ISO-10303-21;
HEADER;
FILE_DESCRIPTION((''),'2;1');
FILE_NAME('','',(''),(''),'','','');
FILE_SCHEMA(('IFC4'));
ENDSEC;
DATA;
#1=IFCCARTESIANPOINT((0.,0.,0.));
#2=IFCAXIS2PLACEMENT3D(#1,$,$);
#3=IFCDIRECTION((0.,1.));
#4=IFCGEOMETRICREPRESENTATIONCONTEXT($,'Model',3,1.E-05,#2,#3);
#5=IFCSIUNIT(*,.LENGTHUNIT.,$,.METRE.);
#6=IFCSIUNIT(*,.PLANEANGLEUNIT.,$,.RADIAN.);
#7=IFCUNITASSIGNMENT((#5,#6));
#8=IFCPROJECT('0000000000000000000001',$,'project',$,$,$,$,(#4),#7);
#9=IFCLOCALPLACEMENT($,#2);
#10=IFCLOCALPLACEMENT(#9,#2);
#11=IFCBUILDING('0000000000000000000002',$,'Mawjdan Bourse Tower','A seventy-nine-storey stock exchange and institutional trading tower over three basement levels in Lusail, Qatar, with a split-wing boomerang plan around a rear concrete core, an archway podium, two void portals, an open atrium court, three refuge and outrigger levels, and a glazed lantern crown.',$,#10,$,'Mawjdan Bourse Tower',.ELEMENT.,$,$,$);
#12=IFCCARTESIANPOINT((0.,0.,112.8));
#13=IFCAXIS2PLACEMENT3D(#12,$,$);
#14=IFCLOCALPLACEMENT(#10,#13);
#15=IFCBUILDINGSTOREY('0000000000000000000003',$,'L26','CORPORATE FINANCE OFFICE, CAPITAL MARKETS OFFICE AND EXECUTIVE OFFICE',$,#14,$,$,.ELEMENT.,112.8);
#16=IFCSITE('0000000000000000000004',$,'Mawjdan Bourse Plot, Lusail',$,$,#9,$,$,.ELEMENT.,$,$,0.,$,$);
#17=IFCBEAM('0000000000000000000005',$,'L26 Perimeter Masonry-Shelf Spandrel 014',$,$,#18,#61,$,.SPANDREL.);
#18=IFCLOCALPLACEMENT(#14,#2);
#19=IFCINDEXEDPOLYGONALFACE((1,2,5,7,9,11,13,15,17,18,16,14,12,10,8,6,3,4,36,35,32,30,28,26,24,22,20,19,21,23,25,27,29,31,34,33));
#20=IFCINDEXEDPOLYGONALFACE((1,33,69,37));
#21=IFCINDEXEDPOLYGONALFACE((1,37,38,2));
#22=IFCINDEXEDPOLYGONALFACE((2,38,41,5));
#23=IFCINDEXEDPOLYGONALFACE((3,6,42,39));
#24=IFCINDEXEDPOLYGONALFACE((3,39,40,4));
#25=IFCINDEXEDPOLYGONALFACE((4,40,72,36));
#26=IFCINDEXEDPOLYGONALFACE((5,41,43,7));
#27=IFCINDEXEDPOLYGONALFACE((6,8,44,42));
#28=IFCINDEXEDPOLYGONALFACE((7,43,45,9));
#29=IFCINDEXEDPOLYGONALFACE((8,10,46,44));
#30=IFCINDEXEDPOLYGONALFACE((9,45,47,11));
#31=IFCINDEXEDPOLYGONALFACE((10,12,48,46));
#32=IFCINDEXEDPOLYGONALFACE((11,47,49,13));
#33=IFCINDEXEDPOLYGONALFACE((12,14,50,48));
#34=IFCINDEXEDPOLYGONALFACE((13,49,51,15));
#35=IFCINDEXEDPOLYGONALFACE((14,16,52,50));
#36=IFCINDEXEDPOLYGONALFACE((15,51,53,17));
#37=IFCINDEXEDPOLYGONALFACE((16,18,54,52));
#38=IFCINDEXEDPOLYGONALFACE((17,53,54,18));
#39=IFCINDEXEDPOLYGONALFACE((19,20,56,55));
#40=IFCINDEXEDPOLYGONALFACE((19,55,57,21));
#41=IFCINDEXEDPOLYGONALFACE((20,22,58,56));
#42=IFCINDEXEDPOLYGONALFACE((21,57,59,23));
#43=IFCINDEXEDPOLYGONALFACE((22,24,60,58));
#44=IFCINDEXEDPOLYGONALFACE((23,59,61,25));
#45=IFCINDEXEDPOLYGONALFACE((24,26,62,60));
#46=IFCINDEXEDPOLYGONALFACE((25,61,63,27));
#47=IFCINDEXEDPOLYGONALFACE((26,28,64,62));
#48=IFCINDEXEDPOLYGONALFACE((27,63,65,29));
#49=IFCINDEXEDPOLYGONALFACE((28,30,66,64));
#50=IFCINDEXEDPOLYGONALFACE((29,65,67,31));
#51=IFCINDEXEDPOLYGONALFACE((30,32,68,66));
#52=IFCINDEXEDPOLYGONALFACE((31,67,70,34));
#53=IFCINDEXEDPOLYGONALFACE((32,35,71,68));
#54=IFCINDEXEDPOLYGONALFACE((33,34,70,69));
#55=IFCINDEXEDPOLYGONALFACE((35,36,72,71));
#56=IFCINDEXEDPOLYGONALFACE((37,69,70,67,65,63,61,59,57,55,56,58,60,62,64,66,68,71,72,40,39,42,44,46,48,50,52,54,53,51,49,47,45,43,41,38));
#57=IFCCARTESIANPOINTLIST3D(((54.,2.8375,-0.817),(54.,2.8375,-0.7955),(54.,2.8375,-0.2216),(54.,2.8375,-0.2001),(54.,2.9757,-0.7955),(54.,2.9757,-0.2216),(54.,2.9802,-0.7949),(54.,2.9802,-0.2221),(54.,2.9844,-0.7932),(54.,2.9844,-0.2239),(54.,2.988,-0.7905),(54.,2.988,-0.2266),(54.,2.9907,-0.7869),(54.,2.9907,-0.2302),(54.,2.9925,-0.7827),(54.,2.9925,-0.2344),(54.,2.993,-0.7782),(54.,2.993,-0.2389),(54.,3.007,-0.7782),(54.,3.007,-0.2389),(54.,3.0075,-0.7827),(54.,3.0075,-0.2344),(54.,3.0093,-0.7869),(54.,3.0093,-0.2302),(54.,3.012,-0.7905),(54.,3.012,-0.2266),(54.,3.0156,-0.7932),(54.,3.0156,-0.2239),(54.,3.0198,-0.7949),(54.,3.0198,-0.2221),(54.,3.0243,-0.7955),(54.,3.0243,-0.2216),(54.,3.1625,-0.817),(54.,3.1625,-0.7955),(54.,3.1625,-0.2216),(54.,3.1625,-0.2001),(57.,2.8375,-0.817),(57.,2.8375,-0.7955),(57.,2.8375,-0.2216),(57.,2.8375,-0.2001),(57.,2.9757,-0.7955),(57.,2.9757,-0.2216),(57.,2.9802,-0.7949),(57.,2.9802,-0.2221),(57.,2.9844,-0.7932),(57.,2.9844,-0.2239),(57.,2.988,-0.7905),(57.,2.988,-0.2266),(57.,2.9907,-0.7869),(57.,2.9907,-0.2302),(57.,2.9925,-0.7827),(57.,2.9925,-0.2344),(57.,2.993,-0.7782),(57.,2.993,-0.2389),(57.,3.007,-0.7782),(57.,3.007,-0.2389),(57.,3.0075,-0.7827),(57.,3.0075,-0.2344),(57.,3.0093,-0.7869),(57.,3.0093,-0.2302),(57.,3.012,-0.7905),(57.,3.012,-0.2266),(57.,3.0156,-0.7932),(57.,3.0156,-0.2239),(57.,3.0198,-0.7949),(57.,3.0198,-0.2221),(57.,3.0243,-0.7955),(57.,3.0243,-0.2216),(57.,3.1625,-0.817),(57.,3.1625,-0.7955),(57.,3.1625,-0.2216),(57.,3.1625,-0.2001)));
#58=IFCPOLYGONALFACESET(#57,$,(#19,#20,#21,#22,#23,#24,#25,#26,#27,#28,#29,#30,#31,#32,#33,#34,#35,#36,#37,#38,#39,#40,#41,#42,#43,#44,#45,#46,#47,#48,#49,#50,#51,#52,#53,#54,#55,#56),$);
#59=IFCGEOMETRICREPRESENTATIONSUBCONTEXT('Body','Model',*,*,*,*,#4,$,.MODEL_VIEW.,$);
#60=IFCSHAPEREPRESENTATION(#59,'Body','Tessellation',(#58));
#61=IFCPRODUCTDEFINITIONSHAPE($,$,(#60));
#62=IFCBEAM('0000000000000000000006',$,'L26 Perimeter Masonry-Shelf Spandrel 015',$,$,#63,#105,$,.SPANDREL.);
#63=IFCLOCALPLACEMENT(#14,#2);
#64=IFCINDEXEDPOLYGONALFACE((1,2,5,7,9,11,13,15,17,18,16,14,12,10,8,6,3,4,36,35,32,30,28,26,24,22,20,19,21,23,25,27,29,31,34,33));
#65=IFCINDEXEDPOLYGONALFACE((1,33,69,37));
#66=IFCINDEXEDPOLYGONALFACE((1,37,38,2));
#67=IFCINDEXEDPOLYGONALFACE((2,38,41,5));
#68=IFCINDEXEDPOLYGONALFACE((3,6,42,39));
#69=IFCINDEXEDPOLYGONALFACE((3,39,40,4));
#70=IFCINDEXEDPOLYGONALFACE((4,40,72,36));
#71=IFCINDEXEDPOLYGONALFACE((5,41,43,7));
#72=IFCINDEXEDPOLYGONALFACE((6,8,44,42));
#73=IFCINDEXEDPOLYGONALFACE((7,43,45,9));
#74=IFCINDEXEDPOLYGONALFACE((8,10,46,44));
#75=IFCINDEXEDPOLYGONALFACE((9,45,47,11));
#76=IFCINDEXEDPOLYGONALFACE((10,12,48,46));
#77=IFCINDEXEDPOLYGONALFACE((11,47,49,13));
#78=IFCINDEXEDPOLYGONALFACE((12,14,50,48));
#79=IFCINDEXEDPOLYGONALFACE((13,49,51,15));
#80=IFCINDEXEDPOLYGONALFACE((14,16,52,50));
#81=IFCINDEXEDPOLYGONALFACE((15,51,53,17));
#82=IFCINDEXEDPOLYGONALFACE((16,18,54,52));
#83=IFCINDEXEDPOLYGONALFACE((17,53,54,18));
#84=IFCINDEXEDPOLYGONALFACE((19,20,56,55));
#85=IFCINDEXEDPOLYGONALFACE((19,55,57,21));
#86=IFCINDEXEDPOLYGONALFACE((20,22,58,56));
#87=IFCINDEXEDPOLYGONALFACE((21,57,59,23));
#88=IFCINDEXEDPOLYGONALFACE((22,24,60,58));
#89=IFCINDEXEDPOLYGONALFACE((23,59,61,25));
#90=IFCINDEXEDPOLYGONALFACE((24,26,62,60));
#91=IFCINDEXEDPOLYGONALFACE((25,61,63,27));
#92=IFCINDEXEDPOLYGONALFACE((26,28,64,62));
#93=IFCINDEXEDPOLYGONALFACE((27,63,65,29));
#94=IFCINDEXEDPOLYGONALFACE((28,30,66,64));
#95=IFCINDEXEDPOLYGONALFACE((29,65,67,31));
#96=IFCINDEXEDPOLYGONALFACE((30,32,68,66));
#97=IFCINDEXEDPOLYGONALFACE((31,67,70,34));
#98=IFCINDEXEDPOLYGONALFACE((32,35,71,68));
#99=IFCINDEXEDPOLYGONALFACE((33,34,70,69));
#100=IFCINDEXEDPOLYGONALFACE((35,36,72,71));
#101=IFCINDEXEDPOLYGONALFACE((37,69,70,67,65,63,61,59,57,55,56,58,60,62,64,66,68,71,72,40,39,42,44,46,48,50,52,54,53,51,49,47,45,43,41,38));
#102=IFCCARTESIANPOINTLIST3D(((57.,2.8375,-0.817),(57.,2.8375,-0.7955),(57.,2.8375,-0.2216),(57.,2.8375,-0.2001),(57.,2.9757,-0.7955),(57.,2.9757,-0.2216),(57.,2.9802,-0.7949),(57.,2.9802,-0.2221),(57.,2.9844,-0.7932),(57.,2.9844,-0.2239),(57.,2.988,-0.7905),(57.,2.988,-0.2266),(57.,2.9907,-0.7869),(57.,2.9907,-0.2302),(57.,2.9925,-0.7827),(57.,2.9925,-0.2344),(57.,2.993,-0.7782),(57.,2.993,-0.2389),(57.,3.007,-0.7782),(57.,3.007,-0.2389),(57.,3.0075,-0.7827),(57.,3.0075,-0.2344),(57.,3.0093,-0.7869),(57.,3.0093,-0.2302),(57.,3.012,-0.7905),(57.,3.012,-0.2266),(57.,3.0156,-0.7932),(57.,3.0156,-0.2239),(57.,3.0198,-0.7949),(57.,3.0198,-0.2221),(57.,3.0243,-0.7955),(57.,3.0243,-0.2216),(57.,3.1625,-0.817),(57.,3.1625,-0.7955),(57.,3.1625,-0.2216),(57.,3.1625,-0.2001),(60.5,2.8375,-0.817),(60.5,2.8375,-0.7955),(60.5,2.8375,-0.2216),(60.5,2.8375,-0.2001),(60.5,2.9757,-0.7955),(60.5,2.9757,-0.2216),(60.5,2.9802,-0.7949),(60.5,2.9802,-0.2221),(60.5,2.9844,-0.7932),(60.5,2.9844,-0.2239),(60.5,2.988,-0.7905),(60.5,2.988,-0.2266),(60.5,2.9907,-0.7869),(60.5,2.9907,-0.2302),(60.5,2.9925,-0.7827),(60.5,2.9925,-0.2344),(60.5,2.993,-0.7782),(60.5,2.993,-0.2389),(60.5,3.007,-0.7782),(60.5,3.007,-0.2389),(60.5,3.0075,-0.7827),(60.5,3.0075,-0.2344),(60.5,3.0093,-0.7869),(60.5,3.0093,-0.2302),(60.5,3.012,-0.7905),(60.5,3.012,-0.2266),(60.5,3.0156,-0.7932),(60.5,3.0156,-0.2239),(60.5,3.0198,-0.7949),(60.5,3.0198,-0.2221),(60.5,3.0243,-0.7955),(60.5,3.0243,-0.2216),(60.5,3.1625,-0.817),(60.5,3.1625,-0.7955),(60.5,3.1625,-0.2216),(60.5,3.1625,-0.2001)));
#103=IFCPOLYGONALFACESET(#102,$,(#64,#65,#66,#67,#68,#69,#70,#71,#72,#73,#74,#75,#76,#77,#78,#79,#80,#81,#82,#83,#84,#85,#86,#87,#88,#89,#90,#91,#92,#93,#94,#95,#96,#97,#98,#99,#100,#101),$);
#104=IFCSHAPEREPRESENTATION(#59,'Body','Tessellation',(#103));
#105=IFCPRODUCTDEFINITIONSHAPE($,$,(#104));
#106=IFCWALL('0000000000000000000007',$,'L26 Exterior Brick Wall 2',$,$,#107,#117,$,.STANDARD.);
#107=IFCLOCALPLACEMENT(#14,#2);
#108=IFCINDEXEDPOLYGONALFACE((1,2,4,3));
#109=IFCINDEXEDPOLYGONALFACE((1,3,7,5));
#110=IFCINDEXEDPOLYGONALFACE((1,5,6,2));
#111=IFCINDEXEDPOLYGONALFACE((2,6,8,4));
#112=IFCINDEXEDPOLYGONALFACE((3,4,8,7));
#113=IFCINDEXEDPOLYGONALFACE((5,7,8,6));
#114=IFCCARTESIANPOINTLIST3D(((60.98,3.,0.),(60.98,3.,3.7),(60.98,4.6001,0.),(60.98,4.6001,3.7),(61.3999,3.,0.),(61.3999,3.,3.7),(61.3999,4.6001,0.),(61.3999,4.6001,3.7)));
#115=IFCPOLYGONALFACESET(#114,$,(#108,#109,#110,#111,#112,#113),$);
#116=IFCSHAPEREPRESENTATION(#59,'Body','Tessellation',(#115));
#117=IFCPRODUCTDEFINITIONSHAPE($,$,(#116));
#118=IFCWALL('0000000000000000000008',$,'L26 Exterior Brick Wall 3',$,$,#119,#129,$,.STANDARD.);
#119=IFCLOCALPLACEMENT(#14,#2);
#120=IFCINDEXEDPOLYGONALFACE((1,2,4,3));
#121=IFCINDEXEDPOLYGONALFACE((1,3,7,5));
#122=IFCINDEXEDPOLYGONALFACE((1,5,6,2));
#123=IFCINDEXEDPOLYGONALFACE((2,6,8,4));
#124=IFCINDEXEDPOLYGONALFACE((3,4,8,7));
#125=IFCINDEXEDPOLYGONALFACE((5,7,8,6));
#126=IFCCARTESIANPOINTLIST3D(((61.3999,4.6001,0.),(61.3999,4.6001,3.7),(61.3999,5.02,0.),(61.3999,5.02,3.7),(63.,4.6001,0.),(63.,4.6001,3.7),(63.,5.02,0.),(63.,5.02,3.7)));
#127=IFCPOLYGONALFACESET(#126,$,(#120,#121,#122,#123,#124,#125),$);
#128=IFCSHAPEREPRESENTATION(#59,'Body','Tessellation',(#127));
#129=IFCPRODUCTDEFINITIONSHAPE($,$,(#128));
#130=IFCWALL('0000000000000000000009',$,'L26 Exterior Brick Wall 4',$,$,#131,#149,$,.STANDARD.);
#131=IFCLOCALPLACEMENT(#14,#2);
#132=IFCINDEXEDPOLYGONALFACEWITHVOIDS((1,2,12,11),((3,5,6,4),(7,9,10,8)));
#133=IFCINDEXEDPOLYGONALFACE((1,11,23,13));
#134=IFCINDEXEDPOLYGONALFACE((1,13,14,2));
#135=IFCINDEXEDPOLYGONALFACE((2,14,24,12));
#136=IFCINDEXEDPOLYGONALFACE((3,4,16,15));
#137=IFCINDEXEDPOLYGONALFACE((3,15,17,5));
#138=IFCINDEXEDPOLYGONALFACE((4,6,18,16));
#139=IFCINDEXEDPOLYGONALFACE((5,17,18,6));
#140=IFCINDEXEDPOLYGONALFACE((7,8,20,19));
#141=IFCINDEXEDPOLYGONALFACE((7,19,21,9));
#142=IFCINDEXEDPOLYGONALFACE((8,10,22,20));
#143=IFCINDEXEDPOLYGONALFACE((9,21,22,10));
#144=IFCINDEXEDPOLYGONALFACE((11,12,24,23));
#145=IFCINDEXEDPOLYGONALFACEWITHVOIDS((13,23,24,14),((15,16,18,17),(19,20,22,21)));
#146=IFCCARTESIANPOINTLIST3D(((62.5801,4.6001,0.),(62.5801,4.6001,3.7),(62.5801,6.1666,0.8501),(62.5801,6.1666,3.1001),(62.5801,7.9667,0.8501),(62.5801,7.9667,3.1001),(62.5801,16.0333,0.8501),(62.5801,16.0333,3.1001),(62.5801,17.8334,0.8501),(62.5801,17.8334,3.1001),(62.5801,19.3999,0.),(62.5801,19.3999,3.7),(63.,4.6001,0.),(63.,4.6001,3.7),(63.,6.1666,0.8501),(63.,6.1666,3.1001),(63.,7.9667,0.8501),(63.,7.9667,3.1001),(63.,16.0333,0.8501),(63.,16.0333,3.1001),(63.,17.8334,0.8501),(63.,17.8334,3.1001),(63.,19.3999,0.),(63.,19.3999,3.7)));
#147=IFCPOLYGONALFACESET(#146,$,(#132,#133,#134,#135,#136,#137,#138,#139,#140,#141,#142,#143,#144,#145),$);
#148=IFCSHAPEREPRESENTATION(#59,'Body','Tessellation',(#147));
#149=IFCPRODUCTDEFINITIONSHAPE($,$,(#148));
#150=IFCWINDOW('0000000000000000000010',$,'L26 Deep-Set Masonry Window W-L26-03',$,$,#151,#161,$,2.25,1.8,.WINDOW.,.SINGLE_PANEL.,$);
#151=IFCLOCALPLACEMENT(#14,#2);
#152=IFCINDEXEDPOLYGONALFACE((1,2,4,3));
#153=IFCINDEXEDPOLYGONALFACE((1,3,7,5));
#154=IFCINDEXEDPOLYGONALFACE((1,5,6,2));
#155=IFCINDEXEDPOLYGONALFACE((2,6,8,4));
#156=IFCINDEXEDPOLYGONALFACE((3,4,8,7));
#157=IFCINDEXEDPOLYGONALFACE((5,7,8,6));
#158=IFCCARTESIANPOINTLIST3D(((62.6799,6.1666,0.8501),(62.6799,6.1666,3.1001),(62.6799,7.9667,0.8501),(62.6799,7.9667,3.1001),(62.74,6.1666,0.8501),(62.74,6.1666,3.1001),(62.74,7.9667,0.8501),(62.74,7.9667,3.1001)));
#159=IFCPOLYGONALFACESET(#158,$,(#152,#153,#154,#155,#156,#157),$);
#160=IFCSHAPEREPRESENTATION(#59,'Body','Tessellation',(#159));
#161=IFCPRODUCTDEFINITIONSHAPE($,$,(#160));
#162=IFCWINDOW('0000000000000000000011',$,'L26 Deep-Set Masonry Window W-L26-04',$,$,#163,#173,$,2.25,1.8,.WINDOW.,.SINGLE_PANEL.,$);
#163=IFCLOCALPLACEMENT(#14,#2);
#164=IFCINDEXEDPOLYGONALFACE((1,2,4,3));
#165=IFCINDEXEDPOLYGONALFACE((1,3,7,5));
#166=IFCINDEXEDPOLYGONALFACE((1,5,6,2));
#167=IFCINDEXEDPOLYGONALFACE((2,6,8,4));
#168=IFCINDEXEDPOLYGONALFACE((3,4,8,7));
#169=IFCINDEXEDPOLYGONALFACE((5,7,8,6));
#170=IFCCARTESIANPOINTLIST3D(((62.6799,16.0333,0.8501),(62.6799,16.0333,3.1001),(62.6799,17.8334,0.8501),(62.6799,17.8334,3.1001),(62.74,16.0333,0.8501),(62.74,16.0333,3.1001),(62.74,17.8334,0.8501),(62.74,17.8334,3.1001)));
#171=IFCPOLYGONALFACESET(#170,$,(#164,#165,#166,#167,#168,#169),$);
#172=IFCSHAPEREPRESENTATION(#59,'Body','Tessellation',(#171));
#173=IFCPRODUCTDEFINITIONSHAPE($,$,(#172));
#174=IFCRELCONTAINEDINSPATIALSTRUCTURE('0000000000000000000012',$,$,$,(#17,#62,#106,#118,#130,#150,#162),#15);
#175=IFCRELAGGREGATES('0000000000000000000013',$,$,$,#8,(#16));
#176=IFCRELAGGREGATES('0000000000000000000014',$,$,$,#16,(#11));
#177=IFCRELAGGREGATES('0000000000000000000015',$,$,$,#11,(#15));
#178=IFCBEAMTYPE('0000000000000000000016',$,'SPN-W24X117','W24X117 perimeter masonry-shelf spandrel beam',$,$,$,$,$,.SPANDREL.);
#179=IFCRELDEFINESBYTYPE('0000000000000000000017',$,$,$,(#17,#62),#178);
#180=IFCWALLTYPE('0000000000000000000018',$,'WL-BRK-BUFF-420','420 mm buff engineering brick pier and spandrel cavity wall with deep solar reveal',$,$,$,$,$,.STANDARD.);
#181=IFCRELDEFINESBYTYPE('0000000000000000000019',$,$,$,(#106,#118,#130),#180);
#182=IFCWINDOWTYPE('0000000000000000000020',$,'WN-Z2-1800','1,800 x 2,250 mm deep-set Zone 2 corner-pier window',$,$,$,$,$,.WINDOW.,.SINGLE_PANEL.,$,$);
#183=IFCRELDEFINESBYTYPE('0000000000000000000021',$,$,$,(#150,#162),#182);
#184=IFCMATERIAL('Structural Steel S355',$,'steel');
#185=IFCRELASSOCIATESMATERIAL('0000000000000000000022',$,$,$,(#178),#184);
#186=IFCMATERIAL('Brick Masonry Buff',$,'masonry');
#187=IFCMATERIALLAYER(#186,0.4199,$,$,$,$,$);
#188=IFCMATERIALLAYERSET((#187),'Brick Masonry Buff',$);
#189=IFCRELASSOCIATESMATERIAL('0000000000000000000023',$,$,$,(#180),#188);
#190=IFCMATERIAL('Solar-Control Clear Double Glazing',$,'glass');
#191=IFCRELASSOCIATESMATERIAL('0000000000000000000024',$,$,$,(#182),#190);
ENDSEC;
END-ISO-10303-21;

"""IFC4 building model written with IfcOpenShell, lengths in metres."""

from ifc_helpers import new_model, si_unit, direction, frame, frame_2d, origin, origin_2d, place, context, subcontext, project, spatial, rectangle, i_section, extrude, material, layer, layer_set, material_profile, profile_set, type_object, element, fill, save


model = new_model("IFC4")

# Units and contexts
model_context = context("Model", 3, precision=1e-05, world=origin(), true_north=direction((0.0, 1.0)))
body_context = subcontext(model_context, "Body", "Model", "MODEL_VIEW")
ifc_project = project(units=[si_unit("LENGTHUNIT", "METRE"), si_unit("PLANEANGLEUNIT", "RADIAN")], contexts=[model_context])

# Site, building, storey
site_placement = place(None, origin())
site = spatial("IfcSite", under=ifc_project, at=site_placement, Name="Mawjdan Bourse Plot, Lusail", CompositionType="ELEMENT", RefElevation=0.0)
building_placement = place(site_placement, origin())
building = spatial("IfcBuilding", under=site, at=building_placement, Name="Mawjdan Bourse Tower", Description="A seventy-nine-storey stock exchange and institutional trading tower over three basement levels in Lusail, Qatar, with a split-wing boomerang plan around a rear concrete core, an archway podium, two void portals, an open atrium court, three refuge and outrigger levels, and a glazed lantern crown.", LongName="Mawjdan Bourse Tower", CompositionType="ELEMENT")
storey_placement = place(building_placement, frame((0.0, 0.0, 112.8)))
storey = spatial("IfcBuildingStorey", under=building, at=storey_placement, Name="L26", Description="CORPORATE FINANCE OFFICE, CAPITAL MARKETS OFFICE AND EXECUTIVE OFFICE", CompositionType="ELEMENT", Elevation=112.8)

# Beams
ifc_material_1 = material(Name="Structural Steel S355", Category="steel")
ifc_material_profile_1 = material_profile(ifc_material_1, i_section(OverallWidth=0.325, OverallDepth=0.6169, WebThickness=0.0139, FlangeThickness=0.0215, FilletRadius=0.0173, at=origin_2d()), Name="W24X117")
ifc_profile_set_1 = profile_set([ifc_material_profile_1], Name="Structural Steel S355")
beam_type_1 = type_object("IfcBeamType", Name="SPN-W24X117", Description="W24X117 perimeter masonry-shelf spandrel beam", PredefinedType="SPANDREL", material=ifc_profile_set_1)
for number, where, z_axis, x_axis, name in (
    (1, (54.0, 3.0, -0.5085), (1.0, 0.0, 0.0), (0.0, 1.0, 0.0), "L26 Perimeter Masonry-Shelf Spandrel 014"),
):
    element("IfcBeam", number, at=place(storey_placement, frame(where, z_axis=z_axis, x_axis=x_axis)), inside=storey, type_object=beam_type_1, Name=name, PredefinedType="SPANDREL", context=body_context, shape_type="SweptSolid", body=[
        extrude(i_section(OverallWidth=0.325, OverallDepth=0.6169, WebThickness=0.0139, FlangeThickness=0.0215, FilletRadius=0.0173, at=origin_2d()), origin(), (0.0, 0.0, 1.0), 3.0),
    ])
beam_1_placement = place(storey_placement, frame((57.0, 3.0, -0.5085), z_axis=(1.0, 0.0, 0.0), x_axis=(0.0, 1.0, 0.0)))
element("IfcBeam", 2, at=beam_1_placement, inside=storey, type_object=beam_type_1, Name="L26 Perimeter Masonry-Shelf Spandrel 015", PredefinedType="SPANDREL", context=body_context, shape_type="SweptSolid", body=[
    extrude(i_section(OverallWidth=0.325, OverallDepth=0.6169, WebThickness=0.0139, FlangeThickness=0.0215, FilletRadius=0.0173, at=origin_2d()), origin(), (0.0, 0.0, 1.0), 3.5),
])

# Walls
ifc_material_2 = material(Name="Brick Masonry Buff", Category="masonry")
ifc_layer_1 = layer(ifc_material_2, 0.4199)
ifc_layer_set_1 = layer_set([ifc_layer_1], Name="Brick Masonry Buff")
wall_type_1 = type_object("IfcWallType", Name="WL-BRK-BUFF-420", Description="420 mm buff engineering brick pier and spandrel cavity wall with deep solar reveal", PredefinedType="STANDARD", material=ifc_layer_set_1)
for number, where, z_axis, x_axis, name in (
    (3, (61.1899, 3.0, 0.0), (0.0, 0.0, 1.0), (0.0, 1.0, 0.0), "L26 Exterior Brick Wall 2"),
    (4, (61.3999, 4.8101, 0.0), (0.0, 0.0, 1.0), (1.0, 0.0, 0.0), "L26 Exterior Brick Wall 3"),
):
    element("IfcWall", number, at=place(storey_placement, frame(where, z_axis=z_axis, x_axis=x_axis)), inside=storey, type_object=wall_type_1, Name=name, PredefinedType="STANDARD", context=body_context, shape_type="SweptSolid", body=[
        extrude(rectangle(XDim=1.6001, YDim=0.4199, at=frame_2d((0.8, 0.0))), origin(), (0.0, 0.0, 1.0), 3.7),
    ])

# Wall, openings, windows
wall_1_placement = place(storey_placement, frame((62.79, 4.6001, 0.0), z_axis=(0.0, 0.0, 1.0), x_axis=(0.0, 1.0, 0.0)))
wall_1 = element("IfcWall", 5, at=wall_1_placement, inside=storey, type_object=wall_type_1, Name="L26 Exterior Brick Wall 4", PredefinedType="STANDARD", context=body_context, shape_type="SweptSolid", body=[
    extrude(rectangle(XDim=14.7998, YDim=0.4199, at=frame_2d((7.3999, 0.0))), origin(), (0.0, 0.0, 1.0), 3.7),
])
opening_1_placement = place(wall_1_placement, frame((1.5667, 0.0, 0.8501)))
opening_1 = element("IfcOpeningElement", 6, at=opening_1_placement, cuts=wall_1, PredefinedType="OPENING", context=body_context, shape_type="SweptSolid", body=[
    extrude(rectangle(XDim=1.8, YDim=2.25, at=frame_2d((0.8999, 1.125))), frame((0.0, 0.22, 0.0), z_axis=(0.0, -1.0, 0.0), x_axis=(1.0, 0.0, 0.0)), (0.0, 0.0, 1.0), 0.4399),
])
opening_2_placement = place(wall_1_placement, frame((11.4333, 0.0, 0.8501)))
opening_2 = element("IfcOpeningElement", 7, at=opening_2_placement, cuts=wall_1, PredefinedType="OPENING", context=body_context, shape_type="SweptSolid", body=[
    extrude(rectangle(XDim=1.8, YDim=2.25, at=frame_2d((0.8999, 1.125))), frame((0.0, 0.22, 0.0), z_axis=(0.0, -1.0, 0.0), x_axis=(1.0, 0.0, 0.0)), (0.0, 0.0, 1.0), 0.4399),
])
ifc_material_3 = material(Name="Solar-Control Clear Double Glazing", Category="glass")
window_type = type_object("IfcWindowType", Name="WN-Z2-1800", Description="1,800 x 2,250 mm deep-set Zone 2 corner-pier window", PartitioningType="SINGLE_PANEL", PredefinedType="WINDOW", material=ifc_material_3)
window_1_placement = place(opening_1_placement, origin())
window_1 = element("IfcWindow", 8, at=window_1_placement, inside=storey, type_object=window_type, Name="L26 Deep-Set Masonry Window W-L26-03", OverallHeight=2.25, OverallWidth=1.8, PartitioningType="SINGLE_PANEL", PredefinedType="WINDOW", context=body_context, shape_type="SweptSolid", body=[
    extrude(rectangle(XDim=1.8, YDim=2.25, at=frame_2d((0.8999, 1.125))), frame((0.0, 0.1101, 0.0), z_axis=(0.0, -1.0, 0.0), x_axis=(1.0, 0.0, 0.0)), (0.0, 0.0, 1.0), 0.0601),
])
fill(opening_1, window_1)
window_2_placement = place(opening_2_placement, origin())
window_2 = element("IfcWindow", 9, at=window_2_placement, inside=storey, type_object=window_type, Name="L26 Deep-Set Masonry Window W-L26-04", OverallHeight=2.25, OverallWidth=1.8, PartitioningType="SINGLE_PANEL", PredefinedType="WINDOW", context=body_context, shape_type="SweptSolid", body=[
    extrude(rectangle(XDim=1.8, YDim=2.25, at=frame_2d((0.8999, 1.125))), frame((0.0, 0.1101, 0.0), z_axis=(0.0, -1.0, 0.0), x_axis=(1.0, 0.0, 0.0)), (0.0, 0.0, 1.0), 0.0601),
])
fill(opening_2, window_2)

save(model, "model.ifc")
